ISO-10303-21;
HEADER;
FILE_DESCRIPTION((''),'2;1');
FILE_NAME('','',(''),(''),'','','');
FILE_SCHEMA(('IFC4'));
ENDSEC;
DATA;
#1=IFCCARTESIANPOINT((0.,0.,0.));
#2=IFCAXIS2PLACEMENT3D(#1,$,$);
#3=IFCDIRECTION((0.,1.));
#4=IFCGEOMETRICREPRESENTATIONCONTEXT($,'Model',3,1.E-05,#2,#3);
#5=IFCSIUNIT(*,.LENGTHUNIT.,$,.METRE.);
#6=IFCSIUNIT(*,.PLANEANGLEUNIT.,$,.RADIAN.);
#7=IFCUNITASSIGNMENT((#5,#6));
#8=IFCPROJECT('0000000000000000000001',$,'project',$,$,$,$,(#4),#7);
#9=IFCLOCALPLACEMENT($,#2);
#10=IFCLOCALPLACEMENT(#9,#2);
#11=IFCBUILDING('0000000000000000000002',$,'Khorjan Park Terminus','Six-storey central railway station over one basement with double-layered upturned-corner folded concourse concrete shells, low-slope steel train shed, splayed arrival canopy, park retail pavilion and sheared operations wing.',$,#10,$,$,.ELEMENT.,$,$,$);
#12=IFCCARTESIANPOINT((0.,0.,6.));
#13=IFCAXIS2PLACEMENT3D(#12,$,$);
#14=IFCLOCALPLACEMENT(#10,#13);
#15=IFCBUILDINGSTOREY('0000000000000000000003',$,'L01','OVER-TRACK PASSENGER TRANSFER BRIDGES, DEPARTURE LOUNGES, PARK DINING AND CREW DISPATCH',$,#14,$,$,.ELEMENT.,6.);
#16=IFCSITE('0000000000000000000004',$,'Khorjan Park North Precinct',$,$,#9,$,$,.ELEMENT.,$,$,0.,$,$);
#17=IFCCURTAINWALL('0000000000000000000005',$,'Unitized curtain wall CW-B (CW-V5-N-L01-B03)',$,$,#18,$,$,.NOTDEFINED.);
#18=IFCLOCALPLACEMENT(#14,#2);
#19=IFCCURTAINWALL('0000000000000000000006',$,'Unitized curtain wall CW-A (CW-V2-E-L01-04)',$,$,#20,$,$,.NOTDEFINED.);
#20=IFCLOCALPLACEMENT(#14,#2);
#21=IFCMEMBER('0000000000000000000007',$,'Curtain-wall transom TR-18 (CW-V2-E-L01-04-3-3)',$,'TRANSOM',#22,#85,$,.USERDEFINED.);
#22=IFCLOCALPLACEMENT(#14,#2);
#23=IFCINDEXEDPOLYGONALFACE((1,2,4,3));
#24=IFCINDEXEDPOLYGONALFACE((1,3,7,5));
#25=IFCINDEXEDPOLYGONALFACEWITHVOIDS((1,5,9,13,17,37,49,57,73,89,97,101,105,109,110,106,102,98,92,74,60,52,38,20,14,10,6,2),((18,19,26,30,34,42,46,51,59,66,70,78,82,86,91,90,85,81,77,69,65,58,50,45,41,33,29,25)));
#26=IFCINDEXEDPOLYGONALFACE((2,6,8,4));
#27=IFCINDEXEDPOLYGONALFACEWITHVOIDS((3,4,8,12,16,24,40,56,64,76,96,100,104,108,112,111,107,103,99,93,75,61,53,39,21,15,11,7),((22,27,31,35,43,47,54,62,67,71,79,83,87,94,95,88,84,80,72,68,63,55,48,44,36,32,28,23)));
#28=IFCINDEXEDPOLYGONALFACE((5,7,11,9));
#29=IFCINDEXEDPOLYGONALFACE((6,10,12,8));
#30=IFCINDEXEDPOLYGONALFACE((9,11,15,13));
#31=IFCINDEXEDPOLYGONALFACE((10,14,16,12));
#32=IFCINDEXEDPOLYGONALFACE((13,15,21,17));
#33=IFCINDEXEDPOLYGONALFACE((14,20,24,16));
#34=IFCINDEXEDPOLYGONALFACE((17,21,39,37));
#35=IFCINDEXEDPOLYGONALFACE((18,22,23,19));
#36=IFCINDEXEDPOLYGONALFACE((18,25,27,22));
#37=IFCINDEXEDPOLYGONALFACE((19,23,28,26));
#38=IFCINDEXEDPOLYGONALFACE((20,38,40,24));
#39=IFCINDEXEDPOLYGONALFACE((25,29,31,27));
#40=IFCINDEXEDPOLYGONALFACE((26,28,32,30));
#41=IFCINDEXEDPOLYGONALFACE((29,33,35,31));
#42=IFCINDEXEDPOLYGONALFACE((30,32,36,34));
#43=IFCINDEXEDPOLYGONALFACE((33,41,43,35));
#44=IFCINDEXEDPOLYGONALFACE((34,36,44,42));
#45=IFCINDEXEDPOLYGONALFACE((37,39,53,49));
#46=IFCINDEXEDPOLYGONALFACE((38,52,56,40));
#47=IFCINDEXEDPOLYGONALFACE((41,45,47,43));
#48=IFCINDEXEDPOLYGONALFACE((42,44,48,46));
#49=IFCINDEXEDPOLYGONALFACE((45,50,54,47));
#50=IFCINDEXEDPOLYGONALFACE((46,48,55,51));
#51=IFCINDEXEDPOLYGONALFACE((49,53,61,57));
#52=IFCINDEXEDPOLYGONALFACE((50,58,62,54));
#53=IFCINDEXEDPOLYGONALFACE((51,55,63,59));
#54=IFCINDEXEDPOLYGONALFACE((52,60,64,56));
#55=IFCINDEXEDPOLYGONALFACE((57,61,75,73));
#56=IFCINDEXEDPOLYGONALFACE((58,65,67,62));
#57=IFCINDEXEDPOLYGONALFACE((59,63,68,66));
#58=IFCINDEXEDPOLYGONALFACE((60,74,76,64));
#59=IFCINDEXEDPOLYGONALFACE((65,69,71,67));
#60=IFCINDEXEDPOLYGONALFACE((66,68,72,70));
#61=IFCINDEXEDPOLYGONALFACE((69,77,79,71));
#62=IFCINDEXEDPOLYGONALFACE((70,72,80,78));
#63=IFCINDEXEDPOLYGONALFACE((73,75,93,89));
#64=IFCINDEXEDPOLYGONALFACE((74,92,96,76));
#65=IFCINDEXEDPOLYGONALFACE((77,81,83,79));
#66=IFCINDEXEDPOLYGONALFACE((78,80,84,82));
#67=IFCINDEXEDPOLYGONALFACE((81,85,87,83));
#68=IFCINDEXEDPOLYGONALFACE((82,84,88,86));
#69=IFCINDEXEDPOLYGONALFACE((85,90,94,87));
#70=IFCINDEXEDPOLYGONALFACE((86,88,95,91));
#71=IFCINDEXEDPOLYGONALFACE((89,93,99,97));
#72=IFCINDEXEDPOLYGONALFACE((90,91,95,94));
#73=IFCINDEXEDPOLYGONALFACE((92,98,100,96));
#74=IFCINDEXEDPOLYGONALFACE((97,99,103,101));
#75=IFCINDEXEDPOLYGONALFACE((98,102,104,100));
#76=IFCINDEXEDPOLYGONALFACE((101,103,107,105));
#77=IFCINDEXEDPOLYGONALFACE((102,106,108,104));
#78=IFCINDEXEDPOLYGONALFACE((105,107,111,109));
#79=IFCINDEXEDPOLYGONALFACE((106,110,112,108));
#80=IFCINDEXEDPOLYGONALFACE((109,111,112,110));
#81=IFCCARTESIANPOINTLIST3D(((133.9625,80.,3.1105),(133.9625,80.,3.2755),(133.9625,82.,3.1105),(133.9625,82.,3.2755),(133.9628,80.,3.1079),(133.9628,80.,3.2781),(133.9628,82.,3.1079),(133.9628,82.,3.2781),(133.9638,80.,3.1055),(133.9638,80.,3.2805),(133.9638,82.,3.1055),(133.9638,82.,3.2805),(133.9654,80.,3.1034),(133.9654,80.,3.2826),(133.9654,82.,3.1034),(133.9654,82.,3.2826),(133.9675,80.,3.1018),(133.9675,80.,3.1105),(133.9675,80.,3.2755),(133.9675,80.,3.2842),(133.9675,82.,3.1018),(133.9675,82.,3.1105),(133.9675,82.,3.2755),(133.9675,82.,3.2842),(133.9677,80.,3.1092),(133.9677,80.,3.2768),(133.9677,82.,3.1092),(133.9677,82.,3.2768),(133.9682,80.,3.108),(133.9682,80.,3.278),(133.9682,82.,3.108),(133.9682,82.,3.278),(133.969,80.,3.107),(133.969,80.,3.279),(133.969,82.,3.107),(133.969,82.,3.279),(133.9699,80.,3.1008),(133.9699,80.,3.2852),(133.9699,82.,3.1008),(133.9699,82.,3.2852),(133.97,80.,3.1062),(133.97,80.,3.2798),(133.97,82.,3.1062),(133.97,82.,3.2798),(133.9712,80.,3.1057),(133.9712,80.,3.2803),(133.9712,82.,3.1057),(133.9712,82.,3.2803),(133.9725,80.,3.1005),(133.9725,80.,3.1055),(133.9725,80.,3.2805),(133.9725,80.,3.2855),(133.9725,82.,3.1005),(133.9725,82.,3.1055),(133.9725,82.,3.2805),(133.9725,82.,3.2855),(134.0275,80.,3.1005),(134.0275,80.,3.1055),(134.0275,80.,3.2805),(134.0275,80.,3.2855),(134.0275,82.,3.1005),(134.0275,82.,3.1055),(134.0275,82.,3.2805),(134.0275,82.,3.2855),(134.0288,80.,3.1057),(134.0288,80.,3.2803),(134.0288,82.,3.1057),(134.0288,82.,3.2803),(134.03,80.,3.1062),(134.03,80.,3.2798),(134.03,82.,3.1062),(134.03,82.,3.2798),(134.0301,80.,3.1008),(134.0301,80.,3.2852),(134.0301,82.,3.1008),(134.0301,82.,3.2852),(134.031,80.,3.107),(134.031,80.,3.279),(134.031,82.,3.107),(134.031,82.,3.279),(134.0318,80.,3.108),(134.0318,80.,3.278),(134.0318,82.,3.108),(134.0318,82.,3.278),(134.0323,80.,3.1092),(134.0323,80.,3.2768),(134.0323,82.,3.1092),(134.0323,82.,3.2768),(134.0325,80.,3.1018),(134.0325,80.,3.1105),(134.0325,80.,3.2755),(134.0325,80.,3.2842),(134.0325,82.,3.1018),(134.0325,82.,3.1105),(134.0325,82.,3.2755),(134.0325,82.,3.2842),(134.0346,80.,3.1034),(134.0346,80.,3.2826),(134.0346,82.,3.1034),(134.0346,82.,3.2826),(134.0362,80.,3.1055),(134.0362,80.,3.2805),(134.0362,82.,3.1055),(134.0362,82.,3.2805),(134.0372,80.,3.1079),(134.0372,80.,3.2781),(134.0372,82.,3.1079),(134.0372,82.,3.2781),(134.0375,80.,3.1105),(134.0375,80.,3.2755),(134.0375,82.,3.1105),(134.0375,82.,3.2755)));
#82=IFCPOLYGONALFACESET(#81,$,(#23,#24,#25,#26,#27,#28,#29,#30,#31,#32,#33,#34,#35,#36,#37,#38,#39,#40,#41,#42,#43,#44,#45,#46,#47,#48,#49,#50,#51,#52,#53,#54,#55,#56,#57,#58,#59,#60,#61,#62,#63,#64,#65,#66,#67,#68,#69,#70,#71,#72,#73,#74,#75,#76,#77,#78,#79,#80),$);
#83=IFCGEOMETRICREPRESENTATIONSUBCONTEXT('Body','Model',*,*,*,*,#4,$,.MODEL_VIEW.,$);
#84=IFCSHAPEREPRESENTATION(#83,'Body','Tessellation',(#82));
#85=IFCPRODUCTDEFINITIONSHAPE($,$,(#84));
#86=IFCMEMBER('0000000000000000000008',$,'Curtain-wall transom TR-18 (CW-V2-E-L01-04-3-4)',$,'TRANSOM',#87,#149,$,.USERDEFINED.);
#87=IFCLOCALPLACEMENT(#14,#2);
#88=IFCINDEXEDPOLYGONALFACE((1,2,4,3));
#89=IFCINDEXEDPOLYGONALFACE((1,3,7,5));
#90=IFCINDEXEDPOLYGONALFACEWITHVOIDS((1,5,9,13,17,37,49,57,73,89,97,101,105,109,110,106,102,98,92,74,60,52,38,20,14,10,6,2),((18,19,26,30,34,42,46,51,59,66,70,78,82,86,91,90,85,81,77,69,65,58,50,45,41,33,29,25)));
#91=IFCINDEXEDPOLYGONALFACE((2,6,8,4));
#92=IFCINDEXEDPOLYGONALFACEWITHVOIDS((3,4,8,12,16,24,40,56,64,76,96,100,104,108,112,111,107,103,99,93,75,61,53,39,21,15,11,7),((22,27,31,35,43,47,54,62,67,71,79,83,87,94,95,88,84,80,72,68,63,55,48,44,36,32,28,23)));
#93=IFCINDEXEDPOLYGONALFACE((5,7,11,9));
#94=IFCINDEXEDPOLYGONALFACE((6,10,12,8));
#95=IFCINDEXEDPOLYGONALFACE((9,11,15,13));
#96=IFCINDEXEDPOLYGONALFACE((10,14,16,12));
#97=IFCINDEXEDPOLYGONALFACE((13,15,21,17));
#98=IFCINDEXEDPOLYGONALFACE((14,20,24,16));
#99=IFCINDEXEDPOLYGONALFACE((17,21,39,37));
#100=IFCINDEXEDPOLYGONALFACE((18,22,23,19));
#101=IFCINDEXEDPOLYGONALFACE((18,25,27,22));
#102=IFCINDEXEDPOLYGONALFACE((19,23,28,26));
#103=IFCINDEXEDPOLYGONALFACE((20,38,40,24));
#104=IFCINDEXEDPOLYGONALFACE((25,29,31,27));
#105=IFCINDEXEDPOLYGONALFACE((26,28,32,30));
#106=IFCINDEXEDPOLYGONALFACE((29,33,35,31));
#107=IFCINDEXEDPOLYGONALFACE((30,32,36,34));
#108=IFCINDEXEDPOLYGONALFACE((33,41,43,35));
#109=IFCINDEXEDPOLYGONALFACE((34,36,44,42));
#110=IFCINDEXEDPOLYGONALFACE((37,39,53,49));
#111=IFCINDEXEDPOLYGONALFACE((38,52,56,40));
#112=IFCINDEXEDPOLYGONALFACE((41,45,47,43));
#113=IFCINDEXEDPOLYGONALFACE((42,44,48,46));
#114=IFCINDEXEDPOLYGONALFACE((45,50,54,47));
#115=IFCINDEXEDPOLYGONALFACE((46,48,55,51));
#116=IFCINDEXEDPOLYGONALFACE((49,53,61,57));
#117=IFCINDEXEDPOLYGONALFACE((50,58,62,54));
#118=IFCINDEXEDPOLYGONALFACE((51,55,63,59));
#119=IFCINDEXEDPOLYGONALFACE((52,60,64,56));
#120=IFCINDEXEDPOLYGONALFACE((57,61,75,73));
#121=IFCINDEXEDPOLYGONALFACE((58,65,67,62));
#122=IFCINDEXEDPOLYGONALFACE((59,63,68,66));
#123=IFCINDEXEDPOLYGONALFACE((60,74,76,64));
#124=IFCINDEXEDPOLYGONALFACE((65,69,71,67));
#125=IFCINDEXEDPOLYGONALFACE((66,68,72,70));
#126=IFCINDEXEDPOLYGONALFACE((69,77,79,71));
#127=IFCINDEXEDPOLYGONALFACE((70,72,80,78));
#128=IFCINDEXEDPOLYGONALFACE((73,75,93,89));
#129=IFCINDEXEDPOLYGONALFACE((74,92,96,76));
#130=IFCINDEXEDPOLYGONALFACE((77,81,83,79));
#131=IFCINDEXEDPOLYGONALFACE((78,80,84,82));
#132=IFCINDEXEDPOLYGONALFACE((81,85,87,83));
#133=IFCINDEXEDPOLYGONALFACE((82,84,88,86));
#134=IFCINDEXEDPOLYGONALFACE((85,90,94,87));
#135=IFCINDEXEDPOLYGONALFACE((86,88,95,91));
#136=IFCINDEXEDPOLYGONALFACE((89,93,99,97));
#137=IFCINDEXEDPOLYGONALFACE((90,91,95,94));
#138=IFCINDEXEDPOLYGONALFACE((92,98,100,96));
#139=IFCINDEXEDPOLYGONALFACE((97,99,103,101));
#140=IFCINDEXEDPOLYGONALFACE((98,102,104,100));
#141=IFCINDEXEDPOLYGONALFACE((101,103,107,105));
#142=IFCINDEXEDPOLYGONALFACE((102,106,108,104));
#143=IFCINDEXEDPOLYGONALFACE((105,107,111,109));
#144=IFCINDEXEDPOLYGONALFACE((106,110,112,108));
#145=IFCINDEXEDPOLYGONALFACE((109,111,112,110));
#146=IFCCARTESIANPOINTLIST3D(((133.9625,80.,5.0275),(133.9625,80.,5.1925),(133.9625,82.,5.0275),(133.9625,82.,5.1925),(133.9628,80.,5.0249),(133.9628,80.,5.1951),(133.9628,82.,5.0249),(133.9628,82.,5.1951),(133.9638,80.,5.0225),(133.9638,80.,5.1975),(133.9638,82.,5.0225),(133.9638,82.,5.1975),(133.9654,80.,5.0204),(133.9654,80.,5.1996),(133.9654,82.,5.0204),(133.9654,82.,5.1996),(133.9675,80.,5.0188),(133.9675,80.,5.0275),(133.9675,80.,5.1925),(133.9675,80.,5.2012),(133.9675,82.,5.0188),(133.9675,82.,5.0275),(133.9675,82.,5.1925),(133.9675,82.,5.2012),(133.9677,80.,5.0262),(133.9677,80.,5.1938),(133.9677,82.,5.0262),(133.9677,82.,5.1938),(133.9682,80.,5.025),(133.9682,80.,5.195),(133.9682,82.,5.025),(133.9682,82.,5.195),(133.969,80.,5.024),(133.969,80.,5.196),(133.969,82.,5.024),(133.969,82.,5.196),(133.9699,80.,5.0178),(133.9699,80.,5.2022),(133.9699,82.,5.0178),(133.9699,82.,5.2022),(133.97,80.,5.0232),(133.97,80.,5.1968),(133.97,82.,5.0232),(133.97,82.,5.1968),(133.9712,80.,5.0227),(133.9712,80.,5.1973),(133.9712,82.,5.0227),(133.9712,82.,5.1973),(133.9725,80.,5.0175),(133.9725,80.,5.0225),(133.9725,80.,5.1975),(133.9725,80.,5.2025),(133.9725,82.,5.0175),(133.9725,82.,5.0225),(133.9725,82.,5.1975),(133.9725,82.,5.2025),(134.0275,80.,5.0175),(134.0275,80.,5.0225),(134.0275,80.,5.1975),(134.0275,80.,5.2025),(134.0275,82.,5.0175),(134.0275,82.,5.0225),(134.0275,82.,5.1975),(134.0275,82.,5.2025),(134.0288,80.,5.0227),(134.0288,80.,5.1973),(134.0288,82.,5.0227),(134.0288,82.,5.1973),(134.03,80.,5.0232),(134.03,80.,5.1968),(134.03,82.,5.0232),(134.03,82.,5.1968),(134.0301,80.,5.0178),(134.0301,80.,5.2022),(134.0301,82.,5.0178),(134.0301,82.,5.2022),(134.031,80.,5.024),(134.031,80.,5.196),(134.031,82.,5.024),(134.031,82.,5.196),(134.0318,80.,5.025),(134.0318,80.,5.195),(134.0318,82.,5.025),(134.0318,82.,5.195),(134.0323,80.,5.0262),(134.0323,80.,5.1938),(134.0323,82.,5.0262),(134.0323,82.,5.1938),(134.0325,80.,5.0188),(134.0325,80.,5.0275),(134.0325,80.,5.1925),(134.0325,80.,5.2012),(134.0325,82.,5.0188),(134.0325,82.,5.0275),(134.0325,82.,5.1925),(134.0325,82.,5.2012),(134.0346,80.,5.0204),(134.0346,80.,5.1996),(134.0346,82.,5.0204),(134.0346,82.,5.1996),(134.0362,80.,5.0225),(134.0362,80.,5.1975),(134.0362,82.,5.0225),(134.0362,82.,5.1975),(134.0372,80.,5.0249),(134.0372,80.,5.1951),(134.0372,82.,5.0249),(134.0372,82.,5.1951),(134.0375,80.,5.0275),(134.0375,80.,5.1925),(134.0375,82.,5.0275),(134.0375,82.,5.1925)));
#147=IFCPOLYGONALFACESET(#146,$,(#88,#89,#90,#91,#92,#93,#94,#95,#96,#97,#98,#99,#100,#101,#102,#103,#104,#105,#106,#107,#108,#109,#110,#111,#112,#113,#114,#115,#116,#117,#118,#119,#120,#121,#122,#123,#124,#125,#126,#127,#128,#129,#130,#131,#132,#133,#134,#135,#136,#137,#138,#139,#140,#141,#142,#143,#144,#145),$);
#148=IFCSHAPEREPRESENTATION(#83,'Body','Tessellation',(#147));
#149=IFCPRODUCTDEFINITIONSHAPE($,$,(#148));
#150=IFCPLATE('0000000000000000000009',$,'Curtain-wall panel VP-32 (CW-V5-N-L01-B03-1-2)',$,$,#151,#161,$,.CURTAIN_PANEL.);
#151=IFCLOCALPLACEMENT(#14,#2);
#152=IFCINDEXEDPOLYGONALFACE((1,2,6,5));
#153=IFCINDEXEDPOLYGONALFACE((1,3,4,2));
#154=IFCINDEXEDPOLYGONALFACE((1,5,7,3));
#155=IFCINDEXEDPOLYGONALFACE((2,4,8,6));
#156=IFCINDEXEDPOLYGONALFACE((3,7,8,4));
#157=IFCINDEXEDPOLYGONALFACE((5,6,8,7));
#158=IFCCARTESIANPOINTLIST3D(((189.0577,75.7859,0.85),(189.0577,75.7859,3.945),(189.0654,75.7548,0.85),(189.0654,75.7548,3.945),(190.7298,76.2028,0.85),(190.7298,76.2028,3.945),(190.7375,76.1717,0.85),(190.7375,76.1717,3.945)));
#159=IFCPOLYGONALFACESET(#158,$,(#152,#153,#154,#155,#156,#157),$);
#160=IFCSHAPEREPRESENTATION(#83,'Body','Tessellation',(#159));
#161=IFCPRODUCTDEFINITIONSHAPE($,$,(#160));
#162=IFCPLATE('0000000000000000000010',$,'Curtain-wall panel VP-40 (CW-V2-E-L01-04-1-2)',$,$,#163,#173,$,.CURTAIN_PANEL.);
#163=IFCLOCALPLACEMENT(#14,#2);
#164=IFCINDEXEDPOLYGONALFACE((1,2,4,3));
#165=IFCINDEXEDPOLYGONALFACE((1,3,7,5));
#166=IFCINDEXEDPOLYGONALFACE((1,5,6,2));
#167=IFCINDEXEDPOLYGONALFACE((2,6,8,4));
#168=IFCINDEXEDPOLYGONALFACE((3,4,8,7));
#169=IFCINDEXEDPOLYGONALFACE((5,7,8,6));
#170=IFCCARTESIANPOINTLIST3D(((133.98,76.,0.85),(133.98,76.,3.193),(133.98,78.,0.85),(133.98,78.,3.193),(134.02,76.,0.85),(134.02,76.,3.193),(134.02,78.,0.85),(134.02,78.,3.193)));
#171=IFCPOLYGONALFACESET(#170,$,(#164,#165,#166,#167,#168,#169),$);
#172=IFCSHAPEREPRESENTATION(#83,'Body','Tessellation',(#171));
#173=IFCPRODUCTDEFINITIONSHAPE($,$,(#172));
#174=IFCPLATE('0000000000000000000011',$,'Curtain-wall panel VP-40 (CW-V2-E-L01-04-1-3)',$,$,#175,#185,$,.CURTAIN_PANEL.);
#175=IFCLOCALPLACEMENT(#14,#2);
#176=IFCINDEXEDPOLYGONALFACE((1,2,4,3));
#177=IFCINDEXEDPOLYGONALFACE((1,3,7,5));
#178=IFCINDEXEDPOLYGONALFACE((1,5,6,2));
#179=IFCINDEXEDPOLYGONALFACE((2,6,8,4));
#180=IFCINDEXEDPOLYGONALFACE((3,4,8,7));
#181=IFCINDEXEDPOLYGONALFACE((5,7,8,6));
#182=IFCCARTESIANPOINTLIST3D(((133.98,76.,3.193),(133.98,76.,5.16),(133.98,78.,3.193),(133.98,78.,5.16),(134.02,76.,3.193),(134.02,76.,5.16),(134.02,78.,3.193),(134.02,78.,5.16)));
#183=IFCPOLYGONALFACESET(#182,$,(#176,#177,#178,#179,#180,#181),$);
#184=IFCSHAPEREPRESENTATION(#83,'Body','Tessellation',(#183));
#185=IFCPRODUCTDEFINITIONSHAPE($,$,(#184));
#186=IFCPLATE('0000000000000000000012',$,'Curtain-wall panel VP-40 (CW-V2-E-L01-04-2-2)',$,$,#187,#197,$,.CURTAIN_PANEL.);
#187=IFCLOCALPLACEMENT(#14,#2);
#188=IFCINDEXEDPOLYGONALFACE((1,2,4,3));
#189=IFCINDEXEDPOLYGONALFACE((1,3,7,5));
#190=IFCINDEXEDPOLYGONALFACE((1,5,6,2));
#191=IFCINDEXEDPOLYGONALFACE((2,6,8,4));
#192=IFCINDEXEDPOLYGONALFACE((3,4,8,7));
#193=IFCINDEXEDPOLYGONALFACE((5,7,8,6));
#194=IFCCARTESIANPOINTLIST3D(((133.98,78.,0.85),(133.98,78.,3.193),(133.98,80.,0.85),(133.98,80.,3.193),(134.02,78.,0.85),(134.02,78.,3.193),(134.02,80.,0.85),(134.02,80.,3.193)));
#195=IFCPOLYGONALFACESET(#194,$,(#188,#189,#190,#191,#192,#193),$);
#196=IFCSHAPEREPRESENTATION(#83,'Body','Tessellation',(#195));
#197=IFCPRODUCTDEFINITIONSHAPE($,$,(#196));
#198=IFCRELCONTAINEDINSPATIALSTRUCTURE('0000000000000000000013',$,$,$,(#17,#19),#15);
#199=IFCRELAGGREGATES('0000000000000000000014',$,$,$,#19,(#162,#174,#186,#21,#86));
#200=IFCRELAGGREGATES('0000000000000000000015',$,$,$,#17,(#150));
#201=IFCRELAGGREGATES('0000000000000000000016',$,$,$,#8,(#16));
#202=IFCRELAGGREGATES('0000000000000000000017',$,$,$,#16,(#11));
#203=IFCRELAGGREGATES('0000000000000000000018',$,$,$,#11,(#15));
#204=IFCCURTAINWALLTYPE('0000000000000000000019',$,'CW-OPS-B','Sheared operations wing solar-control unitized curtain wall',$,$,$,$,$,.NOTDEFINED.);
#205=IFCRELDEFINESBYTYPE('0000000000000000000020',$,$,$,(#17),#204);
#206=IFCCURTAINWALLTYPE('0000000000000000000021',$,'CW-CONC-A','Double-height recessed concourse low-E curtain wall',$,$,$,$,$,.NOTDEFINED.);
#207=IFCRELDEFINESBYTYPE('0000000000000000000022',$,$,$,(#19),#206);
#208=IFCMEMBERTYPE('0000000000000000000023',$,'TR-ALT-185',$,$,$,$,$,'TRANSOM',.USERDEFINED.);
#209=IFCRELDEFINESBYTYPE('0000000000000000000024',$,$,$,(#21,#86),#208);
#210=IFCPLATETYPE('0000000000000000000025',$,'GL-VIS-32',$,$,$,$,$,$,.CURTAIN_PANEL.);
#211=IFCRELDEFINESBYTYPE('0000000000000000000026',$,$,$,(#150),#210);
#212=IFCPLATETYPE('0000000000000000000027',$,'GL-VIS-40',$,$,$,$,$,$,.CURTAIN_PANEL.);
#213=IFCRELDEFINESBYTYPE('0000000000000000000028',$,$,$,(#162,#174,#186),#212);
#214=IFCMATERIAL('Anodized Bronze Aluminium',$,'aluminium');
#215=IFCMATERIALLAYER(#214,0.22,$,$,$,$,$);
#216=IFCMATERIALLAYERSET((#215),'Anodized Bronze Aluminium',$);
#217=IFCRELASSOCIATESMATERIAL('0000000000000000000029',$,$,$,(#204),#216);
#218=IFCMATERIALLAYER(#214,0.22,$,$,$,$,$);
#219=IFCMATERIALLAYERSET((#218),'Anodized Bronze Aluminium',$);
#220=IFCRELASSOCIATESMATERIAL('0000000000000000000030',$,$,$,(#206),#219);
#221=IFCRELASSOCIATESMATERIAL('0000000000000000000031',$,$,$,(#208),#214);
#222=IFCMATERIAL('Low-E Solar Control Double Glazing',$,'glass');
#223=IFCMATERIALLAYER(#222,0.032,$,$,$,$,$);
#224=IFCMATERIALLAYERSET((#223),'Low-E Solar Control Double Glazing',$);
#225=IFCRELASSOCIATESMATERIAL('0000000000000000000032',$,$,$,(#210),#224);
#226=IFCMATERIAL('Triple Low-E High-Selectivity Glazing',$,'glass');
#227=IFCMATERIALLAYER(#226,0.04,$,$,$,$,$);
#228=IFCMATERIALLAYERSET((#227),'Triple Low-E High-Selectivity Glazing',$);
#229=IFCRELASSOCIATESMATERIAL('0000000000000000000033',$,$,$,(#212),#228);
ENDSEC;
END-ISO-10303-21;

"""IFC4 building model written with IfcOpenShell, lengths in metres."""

from ifc_helpers import new_model, si_unit, direction, frame, origin, origin_2d, place, context, subcontext, project, spatial, rectangle, hollow_rectangle, extrude, material, layer, layer_set, material_profile, profile_set, type_object, element, aggregate, save


model = new_model("IFC4")

# Units and contexts
model_context = context("Model", 3, precision=1e-05, world=origin(), true_north=direction((0.0, 1.0)))
body_context = subcontext(model_context, "Body", "Model", "MODEL_VIEW")
ifc_project = project(units=[si_unit("LENGTHUNIT", "METRE"), si_unit("PLANEANGLEUNIT", "RADIAN")], contexts=[model_context])

# Site, building, storey
site_placement = place(None, origin())
site = spatial("IfcSite", under=ifc_project, at=site_placement, Name="Khorjan Park North Precinct", CompositionType="ELEMENT", RefElevation=0.0)
building_placement = place(site_placement, origin())
building = spatial("IfcBuilding", under=site, at=building_placement, Name="Khorjan Park Terminus", Description="Six-storey central railway station over one basement with double-layered upturned-corner folded concourse concrete shells, low-slope steel train shed, splayed arrival canopy, park retail pavilion and sheared operations wing.", CompositionType="ELEMENT")
storey_placement = place(building_placement, frame((0.0, 0.0, 6.0)))
storey = spatial("IfcBuildingStorey", under=building, at=storey_placement, Name="L01", Description="OVER-TRACK PASSENGER TRANSFER BRIDGES, DEPARTURE LOUNGES, PARK DINING AND CREW DISPATCH", CompositionType="ELEMENT", Elevation=6.0)

# Curtain wall
ifc_material_1 = material(Name="Anodized Bronze Aluminium", Category="aluminium")
ifc_layer_1 = layer(ifc_material_1, 0.22)
ifc_layer_set_1 = layer_set([ifc_layer_1], Name="Anodized Bronze Aluminium")
curtain_wall_type_1 = type_object("IfcCurtainWallType", Name="CW-OPS-B", Description="Sheared operations wing solar-control unitized curtain wall", PredefinedType="NOTDEFINED", material=ifc_layer_set_1)
curtain_wall_1_placement = place(storey_placement, origin())
curtain_wall_1 = element("IfcCurtainWall", 1, at=curtain_wall_1_placement, inside=storey, type_object=curtain_wall_type_1, Name="Unitized curtain wall CW-B (CW-V5-N-L01-B03)", PredefinedType="NOTDEFINED")

# Curtain wall
ifc_layer_2 = layer(ifc_material_1, 0.22)
ifc_layer_set_2 = layer_set([ifc_layer_2], Name="Anodized Bronze Aluminium")
curtain_wall_type_2 = type_object("IfcCurtainWallType", Name="CW-CONC-A", Description="Double-height recessed concourse low-E curtain wall", PredefinedType="NOTDEFINED", material=ifc_layer_set_2)
curtain_wall_2_placement = place(storey_placement, origin())
curtain_wall_2 = element("IfcCurtainWall", 2, at=curtain_wall_2_placement, inside=storey, type_object=curtain_wall_type_2, Name="Unitized curtain wall CW-A (CW-V2-E-L01-04)", PredefinedType="NOTDEFINED")

# Members
ifc_material_profile_1 = material_profile(ifc_material_1, hollow_rectangle(XDim=0.075, YDim=0.185, WallThickness=0.005, InnerFilletRadius=0.005, OuterFilletRadius=0.01, at=origin_2d()), Name="ALT 75x185x5")
ifc_profile_set_1 = profile_set([ifc_material_profile_1], Name="Anodized Bronze Aluminium")
member_type_1 = type_object("IfcMemberType", Name="TR-ALT-185", ElementType="TRANSOM", PredefinedType="USERDEFINED", material=ifc_profile_set_1)
member_1_placement = place(storey_placement, frame((134.0, 80.0, 3.193), z_axis=(0.0, 1.0, 0.0), x_axis=(-1.0, 0.0, 0.0)))
member_1 = element("IfcMember", 3, at=member_1_placement, type_object=member_type_1, Name="Curtain-wall transom TR-18 (CW-V2-E-L01-04-3-3)", ObjectType="TRANSOM", PredefinedType="USERDEFINED", context=body_context, shape_type="SweptSolid", body=[
    extrude(hollow_rectangle(XDim=0.075, YDim=0.185, WallThickness=0.005, InnerFilletRadius=0.005, OuterFilletRadius=0.01, at=origin_2d()), origin(), (0.0, 0.0, 1.0), 2.0),
])
member_2_placement = place(storey_placement, frame((134.0, 80.0, 5.11), z_axis=(0.0, 1.0, 0.0), x_axis=(-1.0, 0.0, 0.0)))
member_2 = element("IfcMember", 4, at=member_2_placement, type_object=member_type_1, Name="Curtain-wall transom TR-18 (CW-V2-E-L01-04-3-4)", ObjectType="TRANSOM", PredefinedType="USERDEFINED", context=body_context, shape_type="SweptSolid", body=[
    extrude(hollow_rectangle(XDim=0.075, YDim=0.185, WallThickness=0.005, InnerFilletRadius=0.005, OuterFilletRadius=0.01, at=origin_2d()), origin(), (0.0, 0.0, 1.0), 2.0),
])

# Plates
ifc_material_2 = material(Name="Low-E Solar Control Double Glazing", Category="glass")
ifc_layer_3 = layer(ifc_material_2, 0.032)
ifc_layer_set_3 = layer_set([ifc_layer_3], Name="Low-E Solar Control Double Glazing")
plate_type_1 = type_object("IfcPlateType", Name="GL-VIS-32", PredefinedType="CURTAIN_PANEL", material=ifc_layer_set_3)
plate_1_placement = place(storey_placement, frame((189.8976, 75.9788, 0.85), z_axis=(0.0, 0.0, 1.0), x_axis=(-0.970296, -0.241921, 0.0)))
plate_1 = element("IfcPlate", 5, at=plate_1_placement, type_object=plate_type_1, Name="Curtain-wall panel VP-32 (CW-V5-N-L01-B03-1-2)", PredefinedType="CURTAIN_PANEL", context=body_context, shape_type="SweptSolid", body=[
    extrude(rectangle(XDim=1.7233, YDim=0.032, at=origin_2d()), origin(), (0.0, 0.0, 1.0), 3.095),
])
ifc_material_3 = material(Name="Triple Low-E High-Selectivity Glazing", Category="glass")
ifc_layer_4 = layer(ifc_material_3, 0.04)
ifc_layer_set_4 = layer_set([ifc_layer_4], Name="Triple Low-E High-Selectivity Glazing")
plate_type_2 = type_object("IfcPlateType", Name="GL-VIS-40", PredefinedType="CURTAIN_PANEL", material=ifc_layer_set_4)
plate_2_placement = place(storey_placement, frame((134.0, 77.0, 0.85), z_axis=(0.0, 0.0, 1.0), x_axis=(0.0, 1.0, 0.0)))
plate_2 = element("IfcPlate", 6, at=plate_2_placement, type_object=plate_type_2, Name="Curtain-wall panel VP-40 (CW-V2-E-L01-04-1-2)", PredefinedType="CURTAIN_PANEL", context=body_context, shape_type="SweptSolid", body=[
    extrude(rectangle(XDim=2.0, YDim=0.04, at=origin_2d()), origin(), (0.0, 0.0, 1.0), 2.343),
])
plate_3_placement = place(storey_placement, frame((134.0, 77.0, 3.193), z_axis=(0.0, 0.0, 1.0), x_axis=(0.0, 1.0, 0.0)))
plate_3 = element("IfcPlate", 7, at=plate_3_placement, type_object=plate_type_2, Name="Curtain-wall panel VP-40 (CW-V2-E-L01-04-1-3)", PredefinedType="CURTAIN_PANEL", context=body_context, shape_type="SweptSolid", body=[
    extrude(rectangle(XDim=2.0, YDim=0.04, at=origin_2d()), origin(), (0.0, 0.0, 1.0), 1.967),
])
plate_4_placement = place(storey_placement, frame((134.0, 79.0, 0.85), z_axis=(0.0, 0.0, 1.0), x_axis=(0.0, 1.0, 0.0)))
plate_4 = element("IfcPlate", 8, at=plate_4_placement, type_object=plate_type_2, Name="Curtain-wall panel VP-40 (CW-V2-E-L01-04-2-2)", PredefinedType="CURTAIN_PANEL", context=body_context, shape_type="SweptSolid", body=[
    extrude(rectangle(XDim=2.0, YDim=0.04, at=origin_2d()), origin(), (0.0, 0.0, 1.0), 2.343),
])
aggregate(curtain_wall_2, [plate_2, plate_3, plate_4, member_1, member_2])
aggregate(curtain_wall_1, [plate_1])

save(model, "model.ifc")
